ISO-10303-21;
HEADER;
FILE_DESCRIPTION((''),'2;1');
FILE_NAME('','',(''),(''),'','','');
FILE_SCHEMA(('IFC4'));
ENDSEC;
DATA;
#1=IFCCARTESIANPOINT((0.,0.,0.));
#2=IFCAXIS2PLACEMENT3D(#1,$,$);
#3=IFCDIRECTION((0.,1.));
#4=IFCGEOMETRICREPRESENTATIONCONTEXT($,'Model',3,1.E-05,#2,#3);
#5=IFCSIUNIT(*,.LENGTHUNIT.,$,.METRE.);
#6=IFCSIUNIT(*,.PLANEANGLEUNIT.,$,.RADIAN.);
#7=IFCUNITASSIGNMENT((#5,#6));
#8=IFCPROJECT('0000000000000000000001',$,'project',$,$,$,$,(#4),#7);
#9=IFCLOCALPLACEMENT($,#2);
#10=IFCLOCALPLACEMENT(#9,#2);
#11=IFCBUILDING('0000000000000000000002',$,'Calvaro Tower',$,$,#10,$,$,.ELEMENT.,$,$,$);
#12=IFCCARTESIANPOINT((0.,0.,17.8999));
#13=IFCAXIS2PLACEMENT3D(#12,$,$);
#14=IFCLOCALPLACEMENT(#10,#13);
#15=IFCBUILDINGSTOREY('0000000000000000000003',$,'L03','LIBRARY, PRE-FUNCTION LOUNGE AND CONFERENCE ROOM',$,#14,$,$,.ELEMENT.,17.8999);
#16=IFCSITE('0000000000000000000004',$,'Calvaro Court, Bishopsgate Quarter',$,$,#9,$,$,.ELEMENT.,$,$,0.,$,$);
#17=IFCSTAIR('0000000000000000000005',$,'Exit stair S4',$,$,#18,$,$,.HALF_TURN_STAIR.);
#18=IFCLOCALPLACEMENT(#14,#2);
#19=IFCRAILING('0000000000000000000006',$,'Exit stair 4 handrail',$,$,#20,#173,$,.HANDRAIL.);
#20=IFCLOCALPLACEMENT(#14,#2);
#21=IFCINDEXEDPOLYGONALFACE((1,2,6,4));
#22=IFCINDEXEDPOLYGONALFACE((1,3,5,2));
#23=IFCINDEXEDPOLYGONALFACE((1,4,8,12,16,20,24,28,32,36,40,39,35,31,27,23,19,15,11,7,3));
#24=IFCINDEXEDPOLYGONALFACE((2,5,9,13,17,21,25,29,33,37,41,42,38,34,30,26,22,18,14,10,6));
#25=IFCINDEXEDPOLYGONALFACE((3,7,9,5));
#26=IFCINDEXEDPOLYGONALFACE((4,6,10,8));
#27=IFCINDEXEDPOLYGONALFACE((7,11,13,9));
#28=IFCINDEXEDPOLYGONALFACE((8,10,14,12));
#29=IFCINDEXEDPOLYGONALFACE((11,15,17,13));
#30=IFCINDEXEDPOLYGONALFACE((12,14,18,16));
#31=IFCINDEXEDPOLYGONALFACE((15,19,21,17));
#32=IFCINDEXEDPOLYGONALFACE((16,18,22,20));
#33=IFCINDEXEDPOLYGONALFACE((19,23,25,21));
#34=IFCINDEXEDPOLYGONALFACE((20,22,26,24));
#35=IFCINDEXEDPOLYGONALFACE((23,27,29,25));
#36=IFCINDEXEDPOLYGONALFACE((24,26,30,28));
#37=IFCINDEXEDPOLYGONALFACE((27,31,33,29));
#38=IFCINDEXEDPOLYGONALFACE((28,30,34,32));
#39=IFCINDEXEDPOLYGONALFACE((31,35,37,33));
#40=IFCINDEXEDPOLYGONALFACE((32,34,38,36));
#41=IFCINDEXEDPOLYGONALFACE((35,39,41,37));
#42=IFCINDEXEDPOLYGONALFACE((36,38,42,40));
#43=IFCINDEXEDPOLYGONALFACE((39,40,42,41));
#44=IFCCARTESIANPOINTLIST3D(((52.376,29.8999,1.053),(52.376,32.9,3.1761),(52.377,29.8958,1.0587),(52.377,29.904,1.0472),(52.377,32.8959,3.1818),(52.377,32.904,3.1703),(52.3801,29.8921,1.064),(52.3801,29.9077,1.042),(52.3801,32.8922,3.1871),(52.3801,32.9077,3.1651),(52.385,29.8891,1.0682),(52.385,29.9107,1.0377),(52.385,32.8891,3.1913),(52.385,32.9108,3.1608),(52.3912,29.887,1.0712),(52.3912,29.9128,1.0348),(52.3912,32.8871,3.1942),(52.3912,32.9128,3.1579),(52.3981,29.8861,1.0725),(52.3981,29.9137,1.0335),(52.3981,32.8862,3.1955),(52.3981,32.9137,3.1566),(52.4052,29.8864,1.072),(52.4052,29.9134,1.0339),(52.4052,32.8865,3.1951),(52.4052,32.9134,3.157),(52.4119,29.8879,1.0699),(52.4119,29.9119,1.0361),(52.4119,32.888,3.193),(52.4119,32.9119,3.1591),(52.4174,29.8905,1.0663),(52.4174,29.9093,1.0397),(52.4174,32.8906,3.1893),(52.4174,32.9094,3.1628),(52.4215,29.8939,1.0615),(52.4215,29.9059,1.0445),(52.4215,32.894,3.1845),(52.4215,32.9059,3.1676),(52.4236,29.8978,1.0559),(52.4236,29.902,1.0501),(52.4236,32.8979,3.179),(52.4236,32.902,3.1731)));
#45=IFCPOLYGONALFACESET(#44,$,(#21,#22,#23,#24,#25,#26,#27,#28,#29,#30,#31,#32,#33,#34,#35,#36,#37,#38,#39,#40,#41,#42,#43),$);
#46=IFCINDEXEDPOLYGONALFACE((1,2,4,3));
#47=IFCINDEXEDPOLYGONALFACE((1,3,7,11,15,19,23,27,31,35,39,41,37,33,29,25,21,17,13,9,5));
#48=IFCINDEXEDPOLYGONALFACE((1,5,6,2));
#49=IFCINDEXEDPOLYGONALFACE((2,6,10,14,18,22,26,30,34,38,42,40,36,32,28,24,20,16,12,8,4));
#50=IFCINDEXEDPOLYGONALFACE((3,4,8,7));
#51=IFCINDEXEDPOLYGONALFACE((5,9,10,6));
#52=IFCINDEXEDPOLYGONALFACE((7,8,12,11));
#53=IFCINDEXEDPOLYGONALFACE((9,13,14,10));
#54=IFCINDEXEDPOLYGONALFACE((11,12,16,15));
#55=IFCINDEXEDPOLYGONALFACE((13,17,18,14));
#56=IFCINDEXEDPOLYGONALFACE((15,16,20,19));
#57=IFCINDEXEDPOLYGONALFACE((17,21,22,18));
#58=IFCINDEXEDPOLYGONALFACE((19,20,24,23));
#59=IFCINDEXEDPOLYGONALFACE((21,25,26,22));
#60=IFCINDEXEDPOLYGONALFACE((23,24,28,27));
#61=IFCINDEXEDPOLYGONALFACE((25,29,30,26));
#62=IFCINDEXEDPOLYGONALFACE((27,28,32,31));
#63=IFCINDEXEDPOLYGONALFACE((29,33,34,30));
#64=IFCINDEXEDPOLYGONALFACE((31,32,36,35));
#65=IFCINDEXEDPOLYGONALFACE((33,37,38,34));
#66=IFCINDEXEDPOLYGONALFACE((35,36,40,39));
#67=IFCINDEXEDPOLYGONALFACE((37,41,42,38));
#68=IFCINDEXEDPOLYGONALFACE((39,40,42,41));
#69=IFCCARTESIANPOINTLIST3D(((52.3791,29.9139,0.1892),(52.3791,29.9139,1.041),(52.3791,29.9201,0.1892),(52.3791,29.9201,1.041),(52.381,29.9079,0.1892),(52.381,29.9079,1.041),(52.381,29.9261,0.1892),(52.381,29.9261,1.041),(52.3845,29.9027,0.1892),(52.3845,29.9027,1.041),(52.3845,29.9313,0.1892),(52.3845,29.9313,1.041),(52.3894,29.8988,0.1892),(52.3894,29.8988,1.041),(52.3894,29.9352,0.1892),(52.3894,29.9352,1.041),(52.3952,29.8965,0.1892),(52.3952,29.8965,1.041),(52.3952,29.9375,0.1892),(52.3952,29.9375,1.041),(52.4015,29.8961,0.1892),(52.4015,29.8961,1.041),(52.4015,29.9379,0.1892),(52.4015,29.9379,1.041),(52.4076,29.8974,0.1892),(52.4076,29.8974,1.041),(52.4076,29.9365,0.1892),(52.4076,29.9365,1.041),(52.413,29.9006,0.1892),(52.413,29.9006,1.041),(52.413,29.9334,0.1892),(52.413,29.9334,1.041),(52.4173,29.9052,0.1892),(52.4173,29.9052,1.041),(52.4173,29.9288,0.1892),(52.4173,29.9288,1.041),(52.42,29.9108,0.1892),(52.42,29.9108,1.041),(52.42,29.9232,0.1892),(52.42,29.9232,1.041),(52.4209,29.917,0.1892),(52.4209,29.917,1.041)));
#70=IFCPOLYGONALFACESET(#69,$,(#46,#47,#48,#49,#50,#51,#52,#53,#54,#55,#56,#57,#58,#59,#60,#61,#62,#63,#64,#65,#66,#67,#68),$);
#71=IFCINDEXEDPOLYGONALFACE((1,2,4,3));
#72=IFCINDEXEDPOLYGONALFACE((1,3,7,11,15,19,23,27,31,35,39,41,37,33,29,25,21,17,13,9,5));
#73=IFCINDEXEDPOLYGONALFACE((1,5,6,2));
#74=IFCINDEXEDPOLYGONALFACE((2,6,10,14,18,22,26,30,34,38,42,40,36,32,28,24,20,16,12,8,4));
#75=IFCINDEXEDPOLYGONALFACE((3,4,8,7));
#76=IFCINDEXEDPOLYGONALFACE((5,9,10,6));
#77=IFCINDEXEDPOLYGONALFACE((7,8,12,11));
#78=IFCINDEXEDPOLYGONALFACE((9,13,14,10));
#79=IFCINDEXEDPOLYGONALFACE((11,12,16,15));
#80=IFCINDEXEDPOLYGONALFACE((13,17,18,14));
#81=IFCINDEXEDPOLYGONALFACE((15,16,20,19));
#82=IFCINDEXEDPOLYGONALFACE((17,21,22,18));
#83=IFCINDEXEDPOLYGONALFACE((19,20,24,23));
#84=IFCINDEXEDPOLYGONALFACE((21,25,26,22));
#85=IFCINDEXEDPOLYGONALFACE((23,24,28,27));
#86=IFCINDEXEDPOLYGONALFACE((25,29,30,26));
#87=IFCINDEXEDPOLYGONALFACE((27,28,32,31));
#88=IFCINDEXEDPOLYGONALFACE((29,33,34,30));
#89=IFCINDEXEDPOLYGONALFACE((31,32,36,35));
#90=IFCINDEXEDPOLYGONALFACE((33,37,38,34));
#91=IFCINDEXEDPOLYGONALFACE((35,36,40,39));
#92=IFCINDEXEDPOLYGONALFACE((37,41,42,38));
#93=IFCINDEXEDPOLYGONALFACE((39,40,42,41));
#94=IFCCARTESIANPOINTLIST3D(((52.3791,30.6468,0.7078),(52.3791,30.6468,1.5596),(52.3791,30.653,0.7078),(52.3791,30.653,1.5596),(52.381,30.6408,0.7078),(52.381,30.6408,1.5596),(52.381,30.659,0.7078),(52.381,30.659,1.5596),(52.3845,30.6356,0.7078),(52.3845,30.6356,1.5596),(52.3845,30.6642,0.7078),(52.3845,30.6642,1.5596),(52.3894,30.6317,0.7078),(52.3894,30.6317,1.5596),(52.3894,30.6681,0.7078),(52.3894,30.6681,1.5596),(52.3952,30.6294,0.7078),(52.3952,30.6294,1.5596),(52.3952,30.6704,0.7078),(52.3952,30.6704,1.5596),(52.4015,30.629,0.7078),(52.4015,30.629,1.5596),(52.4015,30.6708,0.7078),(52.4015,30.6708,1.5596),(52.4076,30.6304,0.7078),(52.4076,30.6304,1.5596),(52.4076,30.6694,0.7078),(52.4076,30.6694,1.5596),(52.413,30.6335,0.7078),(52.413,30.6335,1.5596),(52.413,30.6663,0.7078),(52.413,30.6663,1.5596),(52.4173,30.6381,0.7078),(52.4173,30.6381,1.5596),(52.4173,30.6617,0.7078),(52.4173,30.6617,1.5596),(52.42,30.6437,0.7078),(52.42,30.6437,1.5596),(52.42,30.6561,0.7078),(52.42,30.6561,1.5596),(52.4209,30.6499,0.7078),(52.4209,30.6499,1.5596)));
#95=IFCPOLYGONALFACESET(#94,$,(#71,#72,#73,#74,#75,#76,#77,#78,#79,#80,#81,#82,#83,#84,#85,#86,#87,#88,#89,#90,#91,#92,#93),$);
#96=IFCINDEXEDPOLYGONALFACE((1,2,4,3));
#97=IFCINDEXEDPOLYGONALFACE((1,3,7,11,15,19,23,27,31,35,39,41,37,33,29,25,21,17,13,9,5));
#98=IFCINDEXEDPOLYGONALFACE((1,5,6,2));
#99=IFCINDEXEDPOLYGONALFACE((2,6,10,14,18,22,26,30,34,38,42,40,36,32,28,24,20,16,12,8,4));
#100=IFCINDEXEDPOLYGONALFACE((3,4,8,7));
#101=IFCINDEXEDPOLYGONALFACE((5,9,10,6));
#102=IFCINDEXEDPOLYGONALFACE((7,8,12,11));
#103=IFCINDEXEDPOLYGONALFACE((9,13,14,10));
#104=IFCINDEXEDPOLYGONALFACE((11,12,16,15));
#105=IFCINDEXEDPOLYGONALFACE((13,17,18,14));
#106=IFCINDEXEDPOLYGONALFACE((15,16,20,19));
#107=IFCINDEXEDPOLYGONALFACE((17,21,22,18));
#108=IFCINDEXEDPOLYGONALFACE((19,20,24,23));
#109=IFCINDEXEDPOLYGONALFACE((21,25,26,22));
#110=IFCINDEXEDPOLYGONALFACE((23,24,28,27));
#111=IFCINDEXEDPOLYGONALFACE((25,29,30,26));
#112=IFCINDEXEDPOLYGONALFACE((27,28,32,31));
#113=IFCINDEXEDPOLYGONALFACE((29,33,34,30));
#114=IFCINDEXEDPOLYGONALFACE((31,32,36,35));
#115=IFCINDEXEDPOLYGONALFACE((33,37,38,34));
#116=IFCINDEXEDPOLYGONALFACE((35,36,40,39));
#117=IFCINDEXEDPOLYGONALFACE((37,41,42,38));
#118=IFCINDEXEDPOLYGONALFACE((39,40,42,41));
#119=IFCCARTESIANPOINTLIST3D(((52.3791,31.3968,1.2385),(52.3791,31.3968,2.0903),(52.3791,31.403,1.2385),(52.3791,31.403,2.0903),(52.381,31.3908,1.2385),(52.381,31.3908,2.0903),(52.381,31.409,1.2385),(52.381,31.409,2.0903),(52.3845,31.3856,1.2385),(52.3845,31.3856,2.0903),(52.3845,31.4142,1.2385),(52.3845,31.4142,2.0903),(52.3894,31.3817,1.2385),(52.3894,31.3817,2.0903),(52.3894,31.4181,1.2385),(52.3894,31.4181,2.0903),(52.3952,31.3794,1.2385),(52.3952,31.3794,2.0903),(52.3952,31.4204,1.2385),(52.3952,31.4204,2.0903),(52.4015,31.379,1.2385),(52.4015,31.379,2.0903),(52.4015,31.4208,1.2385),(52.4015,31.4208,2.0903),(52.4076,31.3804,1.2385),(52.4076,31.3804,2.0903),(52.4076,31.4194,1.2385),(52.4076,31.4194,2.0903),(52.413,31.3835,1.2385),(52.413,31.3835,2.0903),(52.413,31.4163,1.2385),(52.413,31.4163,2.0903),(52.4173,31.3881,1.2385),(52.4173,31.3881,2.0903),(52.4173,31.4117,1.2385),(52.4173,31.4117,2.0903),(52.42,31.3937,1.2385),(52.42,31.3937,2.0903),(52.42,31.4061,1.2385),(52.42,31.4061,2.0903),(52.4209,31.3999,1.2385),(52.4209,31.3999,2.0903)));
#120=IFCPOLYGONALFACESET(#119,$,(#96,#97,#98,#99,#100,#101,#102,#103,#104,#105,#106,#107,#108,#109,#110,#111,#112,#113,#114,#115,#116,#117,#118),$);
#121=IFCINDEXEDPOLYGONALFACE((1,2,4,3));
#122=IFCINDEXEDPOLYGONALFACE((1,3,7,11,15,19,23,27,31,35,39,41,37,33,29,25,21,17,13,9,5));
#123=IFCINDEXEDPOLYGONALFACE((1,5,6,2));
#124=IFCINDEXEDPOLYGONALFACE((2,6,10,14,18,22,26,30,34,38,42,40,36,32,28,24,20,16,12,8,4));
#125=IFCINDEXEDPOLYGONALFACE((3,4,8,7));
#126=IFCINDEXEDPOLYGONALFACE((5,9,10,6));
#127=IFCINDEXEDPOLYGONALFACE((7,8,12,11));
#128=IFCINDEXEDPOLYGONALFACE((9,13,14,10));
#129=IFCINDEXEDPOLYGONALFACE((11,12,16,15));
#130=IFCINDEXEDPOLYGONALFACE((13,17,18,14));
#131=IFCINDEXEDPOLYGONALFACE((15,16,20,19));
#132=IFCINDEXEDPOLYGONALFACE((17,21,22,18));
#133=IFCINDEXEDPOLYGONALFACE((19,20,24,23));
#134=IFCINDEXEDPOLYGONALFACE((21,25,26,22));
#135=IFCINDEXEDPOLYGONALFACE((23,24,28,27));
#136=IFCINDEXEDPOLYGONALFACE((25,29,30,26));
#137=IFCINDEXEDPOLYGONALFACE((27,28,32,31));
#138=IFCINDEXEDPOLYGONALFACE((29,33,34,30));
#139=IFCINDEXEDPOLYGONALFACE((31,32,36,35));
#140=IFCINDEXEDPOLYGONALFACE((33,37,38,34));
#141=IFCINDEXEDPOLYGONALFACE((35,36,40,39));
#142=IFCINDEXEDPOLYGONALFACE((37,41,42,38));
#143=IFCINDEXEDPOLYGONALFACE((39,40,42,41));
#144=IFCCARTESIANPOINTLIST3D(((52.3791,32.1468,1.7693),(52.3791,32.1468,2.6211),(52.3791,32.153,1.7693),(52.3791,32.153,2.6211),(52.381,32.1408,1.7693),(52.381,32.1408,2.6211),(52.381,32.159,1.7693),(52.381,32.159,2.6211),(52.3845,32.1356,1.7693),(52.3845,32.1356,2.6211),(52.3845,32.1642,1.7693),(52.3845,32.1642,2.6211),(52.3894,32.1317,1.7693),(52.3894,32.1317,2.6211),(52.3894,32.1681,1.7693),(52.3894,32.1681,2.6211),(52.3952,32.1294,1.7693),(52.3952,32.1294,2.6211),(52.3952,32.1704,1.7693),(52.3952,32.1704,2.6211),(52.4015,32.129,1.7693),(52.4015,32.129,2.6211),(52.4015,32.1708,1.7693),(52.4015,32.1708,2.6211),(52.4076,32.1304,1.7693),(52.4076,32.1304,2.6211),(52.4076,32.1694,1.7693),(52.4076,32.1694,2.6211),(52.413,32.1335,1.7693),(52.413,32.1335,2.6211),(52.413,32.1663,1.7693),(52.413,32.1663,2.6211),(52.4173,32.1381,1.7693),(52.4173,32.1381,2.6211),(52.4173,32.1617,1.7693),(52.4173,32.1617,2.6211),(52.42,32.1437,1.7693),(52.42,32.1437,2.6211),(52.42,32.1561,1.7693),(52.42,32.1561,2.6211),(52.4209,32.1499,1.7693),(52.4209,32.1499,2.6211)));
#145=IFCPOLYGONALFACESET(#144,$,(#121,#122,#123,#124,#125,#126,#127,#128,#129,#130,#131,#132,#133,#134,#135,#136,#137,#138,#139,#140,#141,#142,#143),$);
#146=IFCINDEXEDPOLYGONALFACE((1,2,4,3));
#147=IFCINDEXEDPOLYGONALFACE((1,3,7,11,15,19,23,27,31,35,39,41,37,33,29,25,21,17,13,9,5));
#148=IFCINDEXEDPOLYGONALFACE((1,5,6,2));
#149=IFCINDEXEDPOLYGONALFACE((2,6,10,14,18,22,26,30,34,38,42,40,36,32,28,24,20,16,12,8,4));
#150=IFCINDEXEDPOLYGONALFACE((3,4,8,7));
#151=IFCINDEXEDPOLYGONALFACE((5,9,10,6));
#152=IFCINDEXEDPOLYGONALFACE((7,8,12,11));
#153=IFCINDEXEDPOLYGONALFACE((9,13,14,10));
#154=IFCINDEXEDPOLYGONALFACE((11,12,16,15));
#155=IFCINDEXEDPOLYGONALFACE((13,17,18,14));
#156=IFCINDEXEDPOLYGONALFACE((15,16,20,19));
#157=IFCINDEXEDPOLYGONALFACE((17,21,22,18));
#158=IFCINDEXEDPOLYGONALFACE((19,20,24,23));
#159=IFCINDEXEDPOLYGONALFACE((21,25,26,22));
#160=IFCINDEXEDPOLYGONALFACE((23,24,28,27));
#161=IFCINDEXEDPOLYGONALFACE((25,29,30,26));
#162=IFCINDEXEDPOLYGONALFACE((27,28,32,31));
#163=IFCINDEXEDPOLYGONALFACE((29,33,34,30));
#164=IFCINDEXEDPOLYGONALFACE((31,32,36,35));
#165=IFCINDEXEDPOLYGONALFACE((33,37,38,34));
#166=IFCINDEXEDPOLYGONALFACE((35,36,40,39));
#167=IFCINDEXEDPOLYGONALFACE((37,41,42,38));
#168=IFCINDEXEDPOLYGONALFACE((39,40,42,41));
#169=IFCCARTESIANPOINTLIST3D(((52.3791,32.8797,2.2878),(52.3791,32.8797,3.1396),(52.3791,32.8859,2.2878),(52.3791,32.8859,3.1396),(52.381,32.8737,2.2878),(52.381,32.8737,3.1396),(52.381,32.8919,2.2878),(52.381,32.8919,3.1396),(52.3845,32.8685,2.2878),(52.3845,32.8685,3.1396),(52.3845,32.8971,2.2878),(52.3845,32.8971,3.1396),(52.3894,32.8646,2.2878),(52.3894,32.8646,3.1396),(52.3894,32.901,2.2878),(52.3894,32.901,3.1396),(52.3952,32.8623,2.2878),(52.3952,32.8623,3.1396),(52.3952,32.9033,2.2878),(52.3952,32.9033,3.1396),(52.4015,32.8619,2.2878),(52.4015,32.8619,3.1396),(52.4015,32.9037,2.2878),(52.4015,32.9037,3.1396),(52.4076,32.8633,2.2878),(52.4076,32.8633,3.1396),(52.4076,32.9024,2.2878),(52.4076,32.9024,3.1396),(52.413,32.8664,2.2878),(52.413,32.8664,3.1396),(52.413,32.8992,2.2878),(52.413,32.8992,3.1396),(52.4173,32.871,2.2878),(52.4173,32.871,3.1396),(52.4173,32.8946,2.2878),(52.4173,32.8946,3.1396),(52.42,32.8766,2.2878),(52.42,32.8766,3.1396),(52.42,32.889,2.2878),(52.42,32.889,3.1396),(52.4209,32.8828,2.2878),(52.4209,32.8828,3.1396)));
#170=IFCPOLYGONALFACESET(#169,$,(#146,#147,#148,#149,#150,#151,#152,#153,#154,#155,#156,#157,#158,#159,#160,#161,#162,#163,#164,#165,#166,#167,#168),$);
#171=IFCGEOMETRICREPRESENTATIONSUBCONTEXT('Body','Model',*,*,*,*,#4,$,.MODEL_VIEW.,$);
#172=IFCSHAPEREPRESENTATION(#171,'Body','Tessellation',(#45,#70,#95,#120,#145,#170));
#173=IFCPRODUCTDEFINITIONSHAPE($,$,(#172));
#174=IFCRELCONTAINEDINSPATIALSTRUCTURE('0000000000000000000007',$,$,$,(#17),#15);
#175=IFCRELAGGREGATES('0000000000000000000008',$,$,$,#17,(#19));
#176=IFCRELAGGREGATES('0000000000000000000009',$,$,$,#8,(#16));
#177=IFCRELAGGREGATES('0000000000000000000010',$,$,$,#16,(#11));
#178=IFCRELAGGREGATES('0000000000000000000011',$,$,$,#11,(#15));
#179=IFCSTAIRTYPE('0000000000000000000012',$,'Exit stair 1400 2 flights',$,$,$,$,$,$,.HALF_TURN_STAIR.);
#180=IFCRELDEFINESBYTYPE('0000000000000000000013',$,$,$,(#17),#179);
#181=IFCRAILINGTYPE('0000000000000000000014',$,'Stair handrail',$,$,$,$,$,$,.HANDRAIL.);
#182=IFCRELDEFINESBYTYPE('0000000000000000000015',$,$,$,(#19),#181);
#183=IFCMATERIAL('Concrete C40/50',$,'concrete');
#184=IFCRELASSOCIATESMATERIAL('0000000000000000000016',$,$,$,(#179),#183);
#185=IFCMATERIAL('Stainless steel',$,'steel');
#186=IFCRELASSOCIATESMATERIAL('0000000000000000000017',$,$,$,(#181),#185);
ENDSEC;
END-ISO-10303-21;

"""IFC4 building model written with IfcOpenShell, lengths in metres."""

from ifc_helpers import new_model, si_unit, direction, frame, origin, origin_2d, place, context, subcontext, project, spatial, circle, extrude, material, type_object, element, aggregate, save


model = new_model("IFC4")

# Units and contexts
model_context = context("Model", 3, precision=1e-05, world=origin(), true_north=direction((0.0, 1.0)))
body_context = subcontext(model_context, "Body", "Model", "MODEL_VIEW")
ifc_project = project(units=[si_unit("LENGTHUNIT", "METRE"), si_unit("PLANEANGLEUNIT", "RADIAN")], contexts=[model_context])

# Site, building, storey
site_placement = place(None, origin())
site = spatial("IfcSite", under=ifc_project, at=site_placement, Name="Calvaro Court, Bishopsgate Quarter", CompositionType="ELEMENT", RefElevation=0.0)
building_placement = place(site_placement, origin())
building = spatial("IfcBuilding", under=site, at=building_placement, Name="Calvaro Tower", CompositionType="ELEMENT")
storey_placement = place(building_placement, frame((0.0, 0.0, 17.8999)))
storey = spatial("IfcBuildingStorey", under=building, at=storey_placement, Name="L03", Description="LIBRARY, PRE-FUNCTION LOUNGE AND CONFERENCE ROOM", CompositionType="ELEMENT", Elevation=17.8999)

# Stair, railing
ifc_material_1 = material(Name="Concrete C40/50", Category="concrete")
stair_type = type_object("IfcStairType", Name="Exit stair 1400 2 flights", PredefinedType="HALF_TURN_STAIR", material=ifc_material_1)
stair_placement = place(storey_placement, origin())
stair = element("IfcStair", 1, at=stair_placement, inside=storey, type_object=stair_type, Name="Exit stair S4", PredefinedType="HALF_TURN_STAIR")
ifc_material_2 = material(Name="Stainless steel", Category="steel")
railing_type = type_object("IfcRailingType", Name="Stair handrail", PredefinedType="HANDRAIL", material=ifc_material_2)
railing_1_placement = place(storey_placement, frame((52.3999, 29.8999, 0.177)))
railing_1 = element("IfcRailing", 2, at=railing_1_placement, type_object=railing_type, Name="Exit stair 4 handrail", PredefinedType="HANDRAIL", context=body_context, shape_type="SweptSolid", body=[
    extrude(circle(Radius=0.0239, at=origin_2d()), frame((0.0, 0.0, 0.876), z_axis=(0.0, 0.816275, 0.577663), x_axis=(-1.0, 0.0, 0.0)), (0.0, 0.0, 1.0), 3.6753),
    extrude(circle(Radius=0.021, at=origin_2d()), frame((0.0, 0.0171, 0.0122)), (0.0, 0.0, 1.0), 0.8518),
    extrude(circle(Radius=0.021, at=origin_2d()), frame((0.0, 0.75, 0.5308)), (0.0, 0.0, 1.0), 0.8518),
    extrude(circle(Radius=0.021, at=origin_2d()), frame((0.0, 1.5, 1.0615)), (0.0, 0.0, 1.0), 0.8518),
    extrude(circle(Radius=0.021, at=origin_2d()), frame((0.0, 2.25, 1.5923)), (0.0, 0.0, 1.0), 0.8518),
    extrude(circle(Radius=0.021, at=origin_2d()), frame((0.0, 2.9829, 2.1108)), (0.0, 0.0, 1.0), 0.8518),
])
aggregate(stair, [railing_1])

save(model, "model.ifc")
